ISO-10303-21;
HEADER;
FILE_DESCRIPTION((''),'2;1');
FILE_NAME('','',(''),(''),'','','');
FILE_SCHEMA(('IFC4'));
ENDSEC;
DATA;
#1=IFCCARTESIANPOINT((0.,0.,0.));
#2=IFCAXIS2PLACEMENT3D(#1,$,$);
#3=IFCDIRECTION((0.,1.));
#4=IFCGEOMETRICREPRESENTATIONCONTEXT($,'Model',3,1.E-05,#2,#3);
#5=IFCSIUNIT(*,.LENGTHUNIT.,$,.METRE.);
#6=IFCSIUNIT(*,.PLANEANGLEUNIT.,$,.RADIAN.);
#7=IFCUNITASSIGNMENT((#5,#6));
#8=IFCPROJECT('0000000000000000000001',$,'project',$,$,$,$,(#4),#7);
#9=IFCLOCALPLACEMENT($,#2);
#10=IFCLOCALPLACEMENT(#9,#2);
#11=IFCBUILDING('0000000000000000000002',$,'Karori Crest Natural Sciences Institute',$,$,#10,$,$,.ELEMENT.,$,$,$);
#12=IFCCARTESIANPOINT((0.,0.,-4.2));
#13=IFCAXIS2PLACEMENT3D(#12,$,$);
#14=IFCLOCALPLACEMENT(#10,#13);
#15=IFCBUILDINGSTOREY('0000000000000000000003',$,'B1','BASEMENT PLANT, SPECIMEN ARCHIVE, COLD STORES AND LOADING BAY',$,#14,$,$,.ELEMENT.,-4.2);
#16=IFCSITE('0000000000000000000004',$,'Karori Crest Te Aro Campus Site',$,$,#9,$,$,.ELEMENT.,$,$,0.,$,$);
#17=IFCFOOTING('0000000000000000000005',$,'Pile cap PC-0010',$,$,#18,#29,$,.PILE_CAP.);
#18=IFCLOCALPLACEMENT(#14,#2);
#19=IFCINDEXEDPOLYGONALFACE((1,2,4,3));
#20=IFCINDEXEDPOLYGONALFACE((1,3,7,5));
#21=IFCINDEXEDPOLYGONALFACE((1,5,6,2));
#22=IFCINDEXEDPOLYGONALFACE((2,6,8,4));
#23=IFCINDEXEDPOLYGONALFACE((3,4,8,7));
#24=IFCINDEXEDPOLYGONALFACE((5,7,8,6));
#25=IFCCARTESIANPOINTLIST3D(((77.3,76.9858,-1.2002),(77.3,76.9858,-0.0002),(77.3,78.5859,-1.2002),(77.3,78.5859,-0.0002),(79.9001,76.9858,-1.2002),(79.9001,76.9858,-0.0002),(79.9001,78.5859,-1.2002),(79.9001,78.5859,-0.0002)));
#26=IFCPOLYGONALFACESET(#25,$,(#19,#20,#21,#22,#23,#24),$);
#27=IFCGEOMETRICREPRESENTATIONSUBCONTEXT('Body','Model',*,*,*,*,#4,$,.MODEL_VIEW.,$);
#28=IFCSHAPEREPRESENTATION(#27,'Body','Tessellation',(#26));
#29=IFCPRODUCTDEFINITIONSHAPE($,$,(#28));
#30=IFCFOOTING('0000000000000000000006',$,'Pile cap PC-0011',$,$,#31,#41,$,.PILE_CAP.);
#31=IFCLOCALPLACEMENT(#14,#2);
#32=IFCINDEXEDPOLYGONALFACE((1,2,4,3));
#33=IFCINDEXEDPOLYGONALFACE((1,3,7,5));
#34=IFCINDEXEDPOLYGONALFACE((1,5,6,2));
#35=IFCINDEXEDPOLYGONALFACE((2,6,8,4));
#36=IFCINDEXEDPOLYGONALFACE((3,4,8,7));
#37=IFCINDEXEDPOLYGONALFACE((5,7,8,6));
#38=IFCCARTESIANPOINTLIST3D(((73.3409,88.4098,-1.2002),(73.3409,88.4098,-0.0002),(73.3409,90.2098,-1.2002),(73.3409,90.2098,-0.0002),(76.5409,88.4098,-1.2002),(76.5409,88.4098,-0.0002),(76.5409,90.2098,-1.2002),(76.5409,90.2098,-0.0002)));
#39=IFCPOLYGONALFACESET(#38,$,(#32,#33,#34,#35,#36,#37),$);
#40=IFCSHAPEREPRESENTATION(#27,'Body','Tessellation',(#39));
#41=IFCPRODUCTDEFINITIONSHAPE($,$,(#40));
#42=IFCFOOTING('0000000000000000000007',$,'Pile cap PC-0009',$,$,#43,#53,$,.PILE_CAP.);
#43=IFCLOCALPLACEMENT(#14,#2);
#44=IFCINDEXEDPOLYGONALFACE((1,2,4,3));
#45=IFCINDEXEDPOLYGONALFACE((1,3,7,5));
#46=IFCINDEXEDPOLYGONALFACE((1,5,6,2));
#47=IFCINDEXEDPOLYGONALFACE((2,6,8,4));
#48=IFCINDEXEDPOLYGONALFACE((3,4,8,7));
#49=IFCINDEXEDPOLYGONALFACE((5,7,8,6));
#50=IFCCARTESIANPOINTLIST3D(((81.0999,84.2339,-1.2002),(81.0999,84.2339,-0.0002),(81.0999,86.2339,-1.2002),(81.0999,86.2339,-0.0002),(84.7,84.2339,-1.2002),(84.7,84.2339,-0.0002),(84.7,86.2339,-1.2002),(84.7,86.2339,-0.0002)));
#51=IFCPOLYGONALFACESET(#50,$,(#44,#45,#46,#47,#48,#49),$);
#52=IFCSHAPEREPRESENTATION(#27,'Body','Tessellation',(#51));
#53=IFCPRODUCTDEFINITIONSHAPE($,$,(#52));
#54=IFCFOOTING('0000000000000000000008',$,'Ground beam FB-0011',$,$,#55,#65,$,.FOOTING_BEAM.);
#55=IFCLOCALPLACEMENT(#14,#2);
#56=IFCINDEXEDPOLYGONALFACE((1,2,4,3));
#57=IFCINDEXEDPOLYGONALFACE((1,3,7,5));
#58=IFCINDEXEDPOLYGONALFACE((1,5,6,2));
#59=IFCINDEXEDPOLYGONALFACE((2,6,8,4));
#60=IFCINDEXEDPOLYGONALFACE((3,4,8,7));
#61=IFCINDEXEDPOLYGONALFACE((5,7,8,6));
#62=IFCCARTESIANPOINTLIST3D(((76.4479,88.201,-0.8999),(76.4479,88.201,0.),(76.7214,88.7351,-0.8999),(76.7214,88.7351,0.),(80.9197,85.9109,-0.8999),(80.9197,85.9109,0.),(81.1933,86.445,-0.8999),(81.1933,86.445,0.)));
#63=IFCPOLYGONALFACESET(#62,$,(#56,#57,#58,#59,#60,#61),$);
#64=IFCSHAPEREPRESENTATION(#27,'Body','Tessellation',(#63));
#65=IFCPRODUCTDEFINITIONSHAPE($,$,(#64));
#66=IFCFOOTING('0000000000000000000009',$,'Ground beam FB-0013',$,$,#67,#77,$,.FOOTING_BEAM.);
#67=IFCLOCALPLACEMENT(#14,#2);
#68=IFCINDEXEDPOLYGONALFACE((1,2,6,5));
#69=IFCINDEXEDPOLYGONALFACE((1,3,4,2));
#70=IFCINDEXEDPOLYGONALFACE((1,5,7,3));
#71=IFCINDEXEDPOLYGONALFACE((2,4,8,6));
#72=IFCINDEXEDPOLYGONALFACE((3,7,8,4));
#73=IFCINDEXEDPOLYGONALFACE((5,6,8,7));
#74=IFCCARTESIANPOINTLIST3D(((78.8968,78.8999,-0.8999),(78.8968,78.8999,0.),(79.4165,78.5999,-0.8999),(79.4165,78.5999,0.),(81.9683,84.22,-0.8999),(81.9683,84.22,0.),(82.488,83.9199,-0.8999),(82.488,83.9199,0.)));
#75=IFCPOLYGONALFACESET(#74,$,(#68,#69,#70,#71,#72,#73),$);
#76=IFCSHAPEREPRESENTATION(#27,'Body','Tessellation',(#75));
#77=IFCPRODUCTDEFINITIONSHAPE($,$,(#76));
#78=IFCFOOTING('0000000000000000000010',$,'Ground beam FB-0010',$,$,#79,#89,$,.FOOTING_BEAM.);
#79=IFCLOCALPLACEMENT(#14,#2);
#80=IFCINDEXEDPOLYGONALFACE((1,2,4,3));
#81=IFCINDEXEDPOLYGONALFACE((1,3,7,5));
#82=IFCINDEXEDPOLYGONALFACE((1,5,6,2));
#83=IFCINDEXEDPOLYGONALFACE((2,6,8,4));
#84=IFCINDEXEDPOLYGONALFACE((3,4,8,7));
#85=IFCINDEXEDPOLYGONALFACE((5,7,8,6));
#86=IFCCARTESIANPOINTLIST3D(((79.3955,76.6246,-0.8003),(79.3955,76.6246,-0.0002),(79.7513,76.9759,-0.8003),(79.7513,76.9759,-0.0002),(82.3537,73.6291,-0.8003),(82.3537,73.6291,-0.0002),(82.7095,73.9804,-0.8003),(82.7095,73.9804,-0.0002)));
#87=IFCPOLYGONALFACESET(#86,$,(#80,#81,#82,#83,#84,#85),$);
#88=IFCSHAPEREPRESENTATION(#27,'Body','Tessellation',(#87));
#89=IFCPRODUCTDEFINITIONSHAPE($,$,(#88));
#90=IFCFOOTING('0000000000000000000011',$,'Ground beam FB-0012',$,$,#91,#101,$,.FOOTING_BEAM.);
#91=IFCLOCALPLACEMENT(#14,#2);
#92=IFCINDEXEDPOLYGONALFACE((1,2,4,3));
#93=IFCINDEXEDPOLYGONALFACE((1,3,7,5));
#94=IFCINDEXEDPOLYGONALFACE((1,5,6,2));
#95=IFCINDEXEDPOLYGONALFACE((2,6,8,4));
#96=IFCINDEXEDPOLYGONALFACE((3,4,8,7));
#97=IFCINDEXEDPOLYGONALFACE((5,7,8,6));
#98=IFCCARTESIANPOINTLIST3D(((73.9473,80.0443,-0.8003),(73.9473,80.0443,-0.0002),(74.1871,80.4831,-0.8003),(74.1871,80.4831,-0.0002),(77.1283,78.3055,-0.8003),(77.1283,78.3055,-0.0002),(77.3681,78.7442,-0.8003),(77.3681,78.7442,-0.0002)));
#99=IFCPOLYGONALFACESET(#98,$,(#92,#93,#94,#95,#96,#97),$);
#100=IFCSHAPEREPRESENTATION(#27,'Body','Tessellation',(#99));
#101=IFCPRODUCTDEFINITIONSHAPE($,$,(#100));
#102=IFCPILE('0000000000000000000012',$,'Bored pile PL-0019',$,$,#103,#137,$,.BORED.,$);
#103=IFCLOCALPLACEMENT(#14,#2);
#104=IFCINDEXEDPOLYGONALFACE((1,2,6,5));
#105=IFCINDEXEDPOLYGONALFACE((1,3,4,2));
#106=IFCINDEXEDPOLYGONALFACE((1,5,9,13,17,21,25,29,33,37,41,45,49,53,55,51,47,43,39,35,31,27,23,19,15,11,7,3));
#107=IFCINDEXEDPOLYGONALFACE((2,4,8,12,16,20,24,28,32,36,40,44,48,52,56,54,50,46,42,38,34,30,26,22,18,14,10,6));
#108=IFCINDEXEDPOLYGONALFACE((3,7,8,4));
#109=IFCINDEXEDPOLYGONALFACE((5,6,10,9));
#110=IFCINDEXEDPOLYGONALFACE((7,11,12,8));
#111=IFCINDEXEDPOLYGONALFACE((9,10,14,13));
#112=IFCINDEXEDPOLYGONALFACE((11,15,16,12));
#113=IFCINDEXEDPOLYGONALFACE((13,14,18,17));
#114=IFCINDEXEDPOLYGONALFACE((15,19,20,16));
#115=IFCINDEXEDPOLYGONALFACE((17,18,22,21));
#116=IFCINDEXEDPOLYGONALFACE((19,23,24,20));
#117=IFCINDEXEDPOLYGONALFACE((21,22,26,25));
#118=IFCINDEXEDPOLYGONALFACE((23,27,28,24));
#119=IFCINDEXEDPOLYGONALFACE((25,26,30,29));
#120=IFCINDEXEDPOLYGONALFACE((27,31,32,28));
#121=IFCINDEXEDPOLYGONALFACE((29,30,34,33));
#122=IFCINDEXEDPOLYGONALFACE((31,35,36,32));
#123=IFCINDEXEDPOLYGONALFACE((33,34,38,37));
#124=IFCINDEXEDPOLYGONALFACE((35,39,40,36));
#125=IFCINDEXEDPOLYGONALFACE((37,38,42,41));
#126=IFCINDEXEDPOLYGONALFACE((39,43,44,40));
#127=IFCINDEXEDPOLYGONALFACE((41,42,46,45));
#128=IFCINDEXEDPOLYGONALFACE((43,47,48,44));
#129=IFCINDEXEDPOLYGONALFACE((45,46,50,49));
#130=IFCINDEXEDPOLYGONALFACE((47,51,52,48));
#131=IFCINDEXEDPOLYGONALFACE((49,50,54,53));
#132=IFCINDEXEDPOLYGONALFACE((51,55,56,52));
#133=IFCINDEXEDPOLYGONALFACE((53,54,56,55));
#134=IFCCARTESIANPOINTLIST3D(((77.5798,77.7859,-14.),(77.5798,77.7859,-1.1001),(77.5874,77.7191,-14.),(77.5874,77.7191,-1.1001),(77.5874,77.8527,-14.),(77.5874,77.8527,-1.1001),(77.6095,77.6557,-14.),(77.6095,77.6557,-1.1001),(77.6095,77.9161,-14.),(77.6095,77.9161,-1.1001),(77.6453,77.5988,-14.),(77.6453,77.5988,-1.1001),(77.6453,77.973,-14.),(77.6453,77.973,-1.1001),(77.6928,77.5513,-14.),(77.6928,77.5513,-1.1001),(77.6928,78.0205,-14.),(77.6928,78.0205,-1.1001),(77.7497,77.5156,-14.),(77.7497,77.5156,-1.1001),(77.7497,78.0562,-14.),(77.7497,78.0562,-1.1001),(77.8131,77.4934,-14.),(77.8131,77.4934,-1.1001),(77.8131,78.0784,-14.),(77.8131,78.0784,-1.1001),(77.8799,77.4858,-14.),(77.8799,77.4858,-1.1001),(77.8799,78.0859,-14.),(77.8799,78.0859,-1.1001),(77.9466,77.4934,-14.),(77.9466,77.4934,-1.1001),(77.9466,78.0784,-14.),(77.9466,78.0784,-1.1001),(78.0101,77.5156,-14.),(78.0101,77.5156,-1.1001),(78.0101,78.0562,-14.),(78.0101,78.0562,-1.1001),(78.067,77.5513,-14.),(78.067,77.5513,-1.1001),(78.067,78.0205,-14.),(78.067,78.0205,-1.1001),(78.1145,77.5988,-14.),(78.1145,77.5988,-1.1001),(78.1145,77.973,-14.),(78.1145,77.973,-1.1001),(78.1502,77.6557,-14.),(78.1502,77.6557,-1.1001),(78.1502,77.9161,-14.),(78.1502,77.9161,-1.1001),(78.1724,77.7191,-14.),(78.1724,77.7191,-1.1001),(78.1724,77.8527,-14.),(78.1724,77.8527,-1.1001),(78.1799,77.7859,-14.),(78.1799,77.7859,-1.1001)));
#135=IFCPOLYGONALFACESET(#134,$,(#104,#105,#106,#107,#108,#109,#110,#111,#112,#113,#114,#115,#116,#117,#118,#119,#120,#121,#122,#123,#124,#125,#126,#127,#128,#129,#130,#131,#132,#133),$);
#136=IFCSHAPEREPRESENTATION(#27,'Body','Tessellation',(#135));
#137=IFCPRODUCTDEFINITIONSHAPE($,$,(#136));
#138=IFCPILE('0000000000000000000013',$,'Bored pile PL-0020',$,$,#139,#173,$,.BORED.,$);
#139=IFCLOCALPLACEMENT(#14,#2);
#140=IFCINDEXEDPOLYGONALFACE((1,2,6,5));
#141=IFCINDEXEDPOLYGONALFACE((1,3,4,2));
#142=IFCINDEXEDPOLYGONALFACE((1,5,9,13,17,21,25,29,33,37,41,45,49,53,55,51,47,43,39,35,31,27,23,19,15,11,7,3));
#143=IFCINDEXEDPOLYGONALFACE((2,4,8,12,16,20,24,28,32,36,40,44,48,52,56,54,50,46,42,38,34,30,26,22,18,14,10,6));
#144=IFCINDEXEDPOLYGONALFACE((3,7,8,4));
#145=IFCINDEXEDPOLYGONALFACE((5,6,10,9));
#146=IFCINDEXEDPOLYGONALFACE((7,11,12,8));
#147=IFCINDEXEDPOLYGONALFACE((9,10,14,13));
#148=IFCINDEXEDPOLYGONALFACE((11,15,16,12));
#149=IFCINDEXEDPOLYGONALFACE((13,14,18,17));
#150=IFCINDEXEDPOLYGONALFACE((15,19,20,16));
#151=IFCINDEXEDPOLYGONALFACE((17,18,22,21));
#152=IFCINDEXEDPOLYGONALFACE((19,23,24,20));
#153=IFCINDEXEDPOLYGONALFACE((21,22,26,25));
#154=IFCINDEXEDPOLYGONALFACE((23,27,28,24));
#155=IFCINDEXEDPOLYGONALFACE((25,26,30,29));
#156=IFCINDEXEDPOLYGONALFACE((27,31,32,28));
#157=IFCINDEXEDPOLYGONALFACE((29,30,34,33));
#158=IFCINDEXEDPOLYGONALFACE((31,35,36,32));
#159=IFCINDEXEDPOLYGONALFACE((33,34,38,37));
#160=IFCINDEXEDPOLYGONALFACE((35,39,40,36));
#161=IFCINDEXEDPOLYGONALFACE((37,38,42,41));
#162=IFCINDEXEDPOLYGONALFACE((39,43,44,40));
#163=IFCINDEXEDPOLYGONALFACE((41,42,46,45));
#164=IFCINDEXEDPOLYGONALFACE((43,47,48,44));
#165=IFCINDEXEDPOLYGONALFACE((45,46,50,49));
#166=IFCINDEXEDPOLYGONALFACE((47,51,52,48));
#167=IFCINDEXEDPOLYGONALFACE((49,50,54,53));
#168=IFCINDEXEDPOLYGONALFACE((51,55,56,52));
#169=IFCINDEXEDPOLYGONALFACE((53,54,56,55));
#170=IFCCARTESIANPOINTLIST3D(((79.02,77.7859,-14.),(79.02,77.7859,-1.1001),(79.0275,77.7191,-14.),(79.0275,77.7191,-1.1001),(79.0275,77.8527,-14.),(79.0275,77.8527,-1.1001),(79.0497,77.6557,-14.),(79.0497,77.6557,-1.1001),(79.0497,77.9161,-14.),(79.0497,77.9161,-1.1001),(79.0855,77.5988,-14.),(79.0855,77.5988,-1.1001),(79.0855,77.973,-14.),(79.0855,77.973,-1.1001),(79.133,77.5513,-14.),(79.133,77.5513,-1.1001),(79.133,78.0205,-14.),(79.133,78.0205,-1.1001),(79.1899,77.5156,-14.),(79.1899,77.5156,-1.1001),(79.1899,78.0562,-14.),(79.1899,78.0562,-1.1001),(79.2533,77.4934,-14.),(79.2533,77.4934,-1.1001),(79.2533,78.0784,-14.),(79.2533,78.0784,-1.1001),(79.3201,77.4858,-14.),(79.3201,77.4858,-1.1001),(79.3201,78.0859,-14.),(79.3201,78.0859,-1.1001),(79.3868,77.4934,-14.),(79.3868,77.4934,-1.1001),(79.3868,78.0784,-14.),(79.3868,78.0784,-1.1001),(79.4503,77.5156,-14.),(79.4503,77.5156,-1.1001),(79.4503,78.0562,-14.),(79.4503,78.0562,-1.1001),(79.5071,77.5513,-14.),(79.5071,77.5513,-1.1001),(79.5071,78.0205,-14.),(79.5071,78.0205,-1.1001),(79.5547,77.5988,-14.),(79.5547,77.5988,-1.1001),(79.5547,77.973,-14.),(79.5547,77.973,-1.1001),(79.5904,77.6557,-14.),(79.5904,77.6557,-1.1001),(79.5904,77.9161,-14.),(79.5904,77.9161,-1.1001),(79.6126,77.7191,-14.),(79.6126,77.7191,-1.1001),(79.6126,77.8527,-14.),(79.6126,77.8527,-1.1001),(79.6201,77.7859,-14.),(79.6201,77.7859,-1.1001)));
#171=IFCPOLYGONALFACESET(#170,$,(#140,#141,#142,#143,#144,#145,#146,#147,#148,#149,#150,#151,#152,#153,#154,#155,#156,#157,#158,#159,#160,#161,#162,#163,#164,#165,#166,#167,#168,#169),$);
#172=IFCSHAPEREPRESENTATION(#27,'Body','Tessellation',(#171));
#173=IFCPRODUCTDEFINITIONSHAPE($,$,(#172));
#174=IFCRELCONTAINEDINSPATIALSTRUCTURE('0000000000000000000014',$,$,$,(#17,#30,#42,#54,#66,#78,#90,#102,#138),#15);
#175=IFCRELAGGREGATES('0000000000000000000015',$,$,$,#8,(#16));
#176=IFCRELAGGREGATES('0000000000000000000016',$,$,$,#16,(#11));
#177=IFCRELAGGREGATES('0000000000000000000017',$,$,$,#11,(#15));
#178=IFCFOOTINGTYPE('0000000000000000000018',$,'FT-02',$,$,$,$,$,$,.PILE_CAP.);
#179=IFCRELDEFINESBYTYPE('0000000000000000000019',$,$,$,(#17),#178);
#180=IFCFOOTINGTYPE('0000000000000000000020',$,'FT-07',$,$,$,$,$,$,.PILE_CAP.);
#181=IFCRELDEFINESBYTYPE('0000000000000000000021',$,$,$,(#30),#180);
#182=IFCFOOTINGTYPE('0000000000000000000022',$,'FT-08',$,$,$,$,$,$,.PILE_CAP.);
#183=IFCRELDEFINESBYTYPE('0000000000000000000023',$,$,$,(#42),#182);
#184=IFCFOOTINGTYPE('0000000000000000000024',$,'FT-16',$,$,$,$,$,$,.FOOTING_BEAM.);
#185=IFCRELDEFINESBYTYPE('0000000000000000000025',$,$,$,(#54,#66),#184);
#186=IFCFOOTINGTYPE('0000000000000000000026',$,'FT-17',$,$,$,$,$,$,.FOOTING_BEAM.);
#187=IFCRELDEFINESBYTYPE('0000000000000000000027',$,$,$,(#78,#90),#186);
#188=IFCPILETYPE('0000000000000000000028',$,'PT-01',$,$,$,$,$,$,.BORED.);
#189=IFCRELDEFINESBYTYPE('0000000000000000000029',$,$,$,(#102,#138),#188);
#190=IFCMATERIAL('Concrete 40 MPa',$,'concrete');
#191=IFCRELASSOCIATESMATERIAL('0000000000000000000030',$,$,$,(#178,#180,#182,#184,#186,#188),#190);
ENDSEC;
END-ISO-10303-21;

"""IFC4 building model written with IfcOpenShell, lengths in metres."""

from ifc_helpers import new_model, si_unit, direction, frame, origin, origin_2d, place, context, subcontext, project, spatial, rectangle, circle, extrude, material, material_profile, profile_set, type_object, element, save


model = new_model("IFC4")

# Units and contexts
model_context = context("Model", 3, precision=1e-05, world=origin(), true_north=direction((0.0, 1.0)))
body_context = subcontext(model_context, "Body", "Model", "MODEL_VIEW")
ifc_project = project(units=[si_unit("LENGTHUNIT", "METRE"), si_unit("PLANEANGLEUNIT", "RADIAN")], contexts=[model_context])

# Site, building, storey
site_placement = place(None, origin())
site = spatial("IfcSite", under=ifc_project, at=site_placement, Name="Karori Crest Te Aro Campus Site", CompositionType="ELEMENT", RefElevation=0.0)
building_placement = place(site_placement, origin())
building = spatial("IfcBuilding", under=site, at=building_placement, Name="Karori Crest Natural Sciences Institute", CompositionType="ELEMENT")
storey_placement = place(building_placement, frame((0.0, 0.0, -4.2)))
storey = spatial("IfcBuildingStorey", under=building, at=storey_placement, Name="B1", Description="BASEMENT PLANT, SPECIMEN ARCHIVE, COLD STORES AND LOADING BAY", CompositionType="ELEMENT", Elevation=-4.2)

# Footings
ifc_material_1 = material(Name="Concrete 40 MPa", Category="concrete")
footing_type_1 = type_object("IfcFootingType", Name="FT-02", PredefinedType="PILE_CAP", material=ifc_material_1)
footing_1_placement = place(storey_placement, frame((78.6001, 77.7859, -1.2002), z_axis=(0.0, 0.0, 1.0), x_axis=(1.0, 0.0, 0.0)))
element("IfcFooting", 1, at=footing_1_placement, inside=storey, type_object=footing_type_1, Name="Pile cap PC-0010", PredefinedType="PILE_CAP", context=body_context, shape_type="SweptSolid", body=[
    extrude(rectangle(XDim=2.6001, YDim=1.6001, at=origin_2d()), origin(), (0.0, 0.0, 1.0), 1.2),
])
footing_type_2 = type_object("IfcFootingType", Name="FT-07", PredefinedType="PILE_CAP", material=ifc_material_1)
footing_2_placement = place(storey_placement, frame((74.9409, 89.3098, -1.2002), z_axis=(0.0, 0.0, 1.0), x_axis=(1.0, 0.0, 0.0)))
element("IfcFooting", 2, at=footing_2_placement, inside=storey, type_object=footing_type_2, Name="Pile cap PC-0011", PredefinedType="PILE_CAP", context=body_context, shape_type="SweptSolid", body=[
    extrude(rectangle(XDim=3.2, YDim=1.8, at=origin_2d()), origin(), (0.0, 0.0, 1.0), 1.2),
])
footing_type_3 = type_object("IfcFootingType", Name="FT-08", PredefinedType="PILE_CAP", material=ifc_material_1)
footing_3_placement = place(storey_placement, frame((82.8999, 85.2339, -1.2002), z_axis=(0.0, 0.0, 1.0), x_axis=(1.0, 0.0, 0.0)))
element("IfcFooting", 3, at=footing_3_placement, inside=storey, type_object=footing_type_3, Name="Pile cap PC-0009", PredefinedType="PILE_CAP", context=body_context, shape_type="SweptSolid", body=[
    extrude(rectangle(XDim=3.6001, YDim=2.0, at=origin_2d()), origin(), (0.0, 0.0, 1.0), 1.2),
])
footing_type_4 = type_object("IfcFootingType", Name="FT-16", PredefinedType="FOOTING_BEAM", material=ifc_material_1)
footing_4_placement = place(storey_placement, frame((78.8206, 87.323, -0.8999), z_axis=(0.0, 0.0, 1.0), x_axis=(-0.890069, 0.455826, 0.0)))
element("IfcFooting", 4, at=footing_4_placement, inside=storey, type_object=footing_type_4, Name="Ground beam FB-0011", PredefinedType="FOOTING_BEAM", context=body_context, shape_type="SweptSolid", body=[
    extrude(rectangle(XDim=5.0242, YDim=0.6001, at=origin_2d()), origin(), (0.0, 0.0, 1.0), 0.8999),
])
footing_5_placement = place(storey_placement, frame((80.6924, 81.4099, -0.8999), z_axis=(0.0, 0.0, 1.0), x_axis=(0.500002, 0.866025, 0.0)))
element("IfcFooting", 5, at=footing_5_placement, inside=storey, type_object=footing_type_4, Name="Ground beam FB-0013", PredefinedType="FOOTING_BEAM", context=body_context, shape_type="SweptSolid", body=[
    extrude(rectangle(XDim=6.1431, YDim=0.6001, at=origin_2d()), origin(), (0.0, 0.0, 1.0), 0.8999),
])
footing_type_5 = type_object("IfcFootingType", Name="FT-17", PredefinedType="FOOTING_BEAM", material=ifc_material_1)
footing_6_placement = place(storey_placement, frame((81.0525, 75.3025, -0.8003), z_axis=(0.0, 0.0, 1.0), x_axis=(-0.702657, 0.711528, 0.0)))
element("IfcFooting", 6, at=footing_6_placement, inside=storey, type_object=footing_type_5, Name="Ground beam FB-0010", PredefinedType="FOOTING_BEAM", context=body_context, shape_type="SweptSolid", body=[
    extrude(rectangle(XDim=4.21, YDim=0.5, at=origin_2d()), origin(), (0.0, 0.0, 1.0), 0.8),
])
footing_7_placement = place(storey_placement, frame((75.6577, 79.3943, -0.8003), z_axis=(0.0, 0.0, 1.0), x_axis=(-0.877462, 0.479646, 0.0)))
element("IfcFooting", 7, at=footing_7_placement, inside=storey, type_object=footing_type_5, Name="Ground beam FB-0012", PredefinedType="FOOTING_BEAM", context=body_context, shape_type="SweptSolid", body=[
    extrude(rectangle(XDim=3.6252, YDim=0.5, at=origin_2d()), origin(), (0.0, 0.0, 1.0), 0.8),
])

# Piles
ifc_material_profile_1 = material_profile(ifc_material_1, circle(Radius=0.3, at=origin_2d()), Name="PILE600")
ifc_profile_set_1 = profile_set([ifc_material_profile_1], Name="Concrete 40 MPa")
pile_type_1 = type_object("IfcPileType", Name="PT-01", PredefinedType="BORED", material=ifc_profile_set_1)
for number, where, z_axis, x_axis, name in (
    (8, (77.8799, 77.7859, -1.1001), (0.0, 0.0, -1.0), (1.0, 0.0, 0.0), "Bored pile PL-0019"),
    (9, (79.3201, 77.7859, -1.1001), (0.0, 0.0, -1.0), (1.0, 0.0, 0.0), "Bored pile PL-0020"),
):
    element("IfcPile", number, at=place(storey_placement, frame(where, z_axis=z_axis, x_axis=x_axis)), inside=storey, type_object=pile_type_1, Name=name, PredefinedType="BORED", context=body_context, shape_type="SweptSolid", body=[
        extrude(circle(Radius=0.3, at=origin_2d()), origin(), (0.0, 0.0, 1.0), 12.8999),
    ])

save(model, "model.ifc")
